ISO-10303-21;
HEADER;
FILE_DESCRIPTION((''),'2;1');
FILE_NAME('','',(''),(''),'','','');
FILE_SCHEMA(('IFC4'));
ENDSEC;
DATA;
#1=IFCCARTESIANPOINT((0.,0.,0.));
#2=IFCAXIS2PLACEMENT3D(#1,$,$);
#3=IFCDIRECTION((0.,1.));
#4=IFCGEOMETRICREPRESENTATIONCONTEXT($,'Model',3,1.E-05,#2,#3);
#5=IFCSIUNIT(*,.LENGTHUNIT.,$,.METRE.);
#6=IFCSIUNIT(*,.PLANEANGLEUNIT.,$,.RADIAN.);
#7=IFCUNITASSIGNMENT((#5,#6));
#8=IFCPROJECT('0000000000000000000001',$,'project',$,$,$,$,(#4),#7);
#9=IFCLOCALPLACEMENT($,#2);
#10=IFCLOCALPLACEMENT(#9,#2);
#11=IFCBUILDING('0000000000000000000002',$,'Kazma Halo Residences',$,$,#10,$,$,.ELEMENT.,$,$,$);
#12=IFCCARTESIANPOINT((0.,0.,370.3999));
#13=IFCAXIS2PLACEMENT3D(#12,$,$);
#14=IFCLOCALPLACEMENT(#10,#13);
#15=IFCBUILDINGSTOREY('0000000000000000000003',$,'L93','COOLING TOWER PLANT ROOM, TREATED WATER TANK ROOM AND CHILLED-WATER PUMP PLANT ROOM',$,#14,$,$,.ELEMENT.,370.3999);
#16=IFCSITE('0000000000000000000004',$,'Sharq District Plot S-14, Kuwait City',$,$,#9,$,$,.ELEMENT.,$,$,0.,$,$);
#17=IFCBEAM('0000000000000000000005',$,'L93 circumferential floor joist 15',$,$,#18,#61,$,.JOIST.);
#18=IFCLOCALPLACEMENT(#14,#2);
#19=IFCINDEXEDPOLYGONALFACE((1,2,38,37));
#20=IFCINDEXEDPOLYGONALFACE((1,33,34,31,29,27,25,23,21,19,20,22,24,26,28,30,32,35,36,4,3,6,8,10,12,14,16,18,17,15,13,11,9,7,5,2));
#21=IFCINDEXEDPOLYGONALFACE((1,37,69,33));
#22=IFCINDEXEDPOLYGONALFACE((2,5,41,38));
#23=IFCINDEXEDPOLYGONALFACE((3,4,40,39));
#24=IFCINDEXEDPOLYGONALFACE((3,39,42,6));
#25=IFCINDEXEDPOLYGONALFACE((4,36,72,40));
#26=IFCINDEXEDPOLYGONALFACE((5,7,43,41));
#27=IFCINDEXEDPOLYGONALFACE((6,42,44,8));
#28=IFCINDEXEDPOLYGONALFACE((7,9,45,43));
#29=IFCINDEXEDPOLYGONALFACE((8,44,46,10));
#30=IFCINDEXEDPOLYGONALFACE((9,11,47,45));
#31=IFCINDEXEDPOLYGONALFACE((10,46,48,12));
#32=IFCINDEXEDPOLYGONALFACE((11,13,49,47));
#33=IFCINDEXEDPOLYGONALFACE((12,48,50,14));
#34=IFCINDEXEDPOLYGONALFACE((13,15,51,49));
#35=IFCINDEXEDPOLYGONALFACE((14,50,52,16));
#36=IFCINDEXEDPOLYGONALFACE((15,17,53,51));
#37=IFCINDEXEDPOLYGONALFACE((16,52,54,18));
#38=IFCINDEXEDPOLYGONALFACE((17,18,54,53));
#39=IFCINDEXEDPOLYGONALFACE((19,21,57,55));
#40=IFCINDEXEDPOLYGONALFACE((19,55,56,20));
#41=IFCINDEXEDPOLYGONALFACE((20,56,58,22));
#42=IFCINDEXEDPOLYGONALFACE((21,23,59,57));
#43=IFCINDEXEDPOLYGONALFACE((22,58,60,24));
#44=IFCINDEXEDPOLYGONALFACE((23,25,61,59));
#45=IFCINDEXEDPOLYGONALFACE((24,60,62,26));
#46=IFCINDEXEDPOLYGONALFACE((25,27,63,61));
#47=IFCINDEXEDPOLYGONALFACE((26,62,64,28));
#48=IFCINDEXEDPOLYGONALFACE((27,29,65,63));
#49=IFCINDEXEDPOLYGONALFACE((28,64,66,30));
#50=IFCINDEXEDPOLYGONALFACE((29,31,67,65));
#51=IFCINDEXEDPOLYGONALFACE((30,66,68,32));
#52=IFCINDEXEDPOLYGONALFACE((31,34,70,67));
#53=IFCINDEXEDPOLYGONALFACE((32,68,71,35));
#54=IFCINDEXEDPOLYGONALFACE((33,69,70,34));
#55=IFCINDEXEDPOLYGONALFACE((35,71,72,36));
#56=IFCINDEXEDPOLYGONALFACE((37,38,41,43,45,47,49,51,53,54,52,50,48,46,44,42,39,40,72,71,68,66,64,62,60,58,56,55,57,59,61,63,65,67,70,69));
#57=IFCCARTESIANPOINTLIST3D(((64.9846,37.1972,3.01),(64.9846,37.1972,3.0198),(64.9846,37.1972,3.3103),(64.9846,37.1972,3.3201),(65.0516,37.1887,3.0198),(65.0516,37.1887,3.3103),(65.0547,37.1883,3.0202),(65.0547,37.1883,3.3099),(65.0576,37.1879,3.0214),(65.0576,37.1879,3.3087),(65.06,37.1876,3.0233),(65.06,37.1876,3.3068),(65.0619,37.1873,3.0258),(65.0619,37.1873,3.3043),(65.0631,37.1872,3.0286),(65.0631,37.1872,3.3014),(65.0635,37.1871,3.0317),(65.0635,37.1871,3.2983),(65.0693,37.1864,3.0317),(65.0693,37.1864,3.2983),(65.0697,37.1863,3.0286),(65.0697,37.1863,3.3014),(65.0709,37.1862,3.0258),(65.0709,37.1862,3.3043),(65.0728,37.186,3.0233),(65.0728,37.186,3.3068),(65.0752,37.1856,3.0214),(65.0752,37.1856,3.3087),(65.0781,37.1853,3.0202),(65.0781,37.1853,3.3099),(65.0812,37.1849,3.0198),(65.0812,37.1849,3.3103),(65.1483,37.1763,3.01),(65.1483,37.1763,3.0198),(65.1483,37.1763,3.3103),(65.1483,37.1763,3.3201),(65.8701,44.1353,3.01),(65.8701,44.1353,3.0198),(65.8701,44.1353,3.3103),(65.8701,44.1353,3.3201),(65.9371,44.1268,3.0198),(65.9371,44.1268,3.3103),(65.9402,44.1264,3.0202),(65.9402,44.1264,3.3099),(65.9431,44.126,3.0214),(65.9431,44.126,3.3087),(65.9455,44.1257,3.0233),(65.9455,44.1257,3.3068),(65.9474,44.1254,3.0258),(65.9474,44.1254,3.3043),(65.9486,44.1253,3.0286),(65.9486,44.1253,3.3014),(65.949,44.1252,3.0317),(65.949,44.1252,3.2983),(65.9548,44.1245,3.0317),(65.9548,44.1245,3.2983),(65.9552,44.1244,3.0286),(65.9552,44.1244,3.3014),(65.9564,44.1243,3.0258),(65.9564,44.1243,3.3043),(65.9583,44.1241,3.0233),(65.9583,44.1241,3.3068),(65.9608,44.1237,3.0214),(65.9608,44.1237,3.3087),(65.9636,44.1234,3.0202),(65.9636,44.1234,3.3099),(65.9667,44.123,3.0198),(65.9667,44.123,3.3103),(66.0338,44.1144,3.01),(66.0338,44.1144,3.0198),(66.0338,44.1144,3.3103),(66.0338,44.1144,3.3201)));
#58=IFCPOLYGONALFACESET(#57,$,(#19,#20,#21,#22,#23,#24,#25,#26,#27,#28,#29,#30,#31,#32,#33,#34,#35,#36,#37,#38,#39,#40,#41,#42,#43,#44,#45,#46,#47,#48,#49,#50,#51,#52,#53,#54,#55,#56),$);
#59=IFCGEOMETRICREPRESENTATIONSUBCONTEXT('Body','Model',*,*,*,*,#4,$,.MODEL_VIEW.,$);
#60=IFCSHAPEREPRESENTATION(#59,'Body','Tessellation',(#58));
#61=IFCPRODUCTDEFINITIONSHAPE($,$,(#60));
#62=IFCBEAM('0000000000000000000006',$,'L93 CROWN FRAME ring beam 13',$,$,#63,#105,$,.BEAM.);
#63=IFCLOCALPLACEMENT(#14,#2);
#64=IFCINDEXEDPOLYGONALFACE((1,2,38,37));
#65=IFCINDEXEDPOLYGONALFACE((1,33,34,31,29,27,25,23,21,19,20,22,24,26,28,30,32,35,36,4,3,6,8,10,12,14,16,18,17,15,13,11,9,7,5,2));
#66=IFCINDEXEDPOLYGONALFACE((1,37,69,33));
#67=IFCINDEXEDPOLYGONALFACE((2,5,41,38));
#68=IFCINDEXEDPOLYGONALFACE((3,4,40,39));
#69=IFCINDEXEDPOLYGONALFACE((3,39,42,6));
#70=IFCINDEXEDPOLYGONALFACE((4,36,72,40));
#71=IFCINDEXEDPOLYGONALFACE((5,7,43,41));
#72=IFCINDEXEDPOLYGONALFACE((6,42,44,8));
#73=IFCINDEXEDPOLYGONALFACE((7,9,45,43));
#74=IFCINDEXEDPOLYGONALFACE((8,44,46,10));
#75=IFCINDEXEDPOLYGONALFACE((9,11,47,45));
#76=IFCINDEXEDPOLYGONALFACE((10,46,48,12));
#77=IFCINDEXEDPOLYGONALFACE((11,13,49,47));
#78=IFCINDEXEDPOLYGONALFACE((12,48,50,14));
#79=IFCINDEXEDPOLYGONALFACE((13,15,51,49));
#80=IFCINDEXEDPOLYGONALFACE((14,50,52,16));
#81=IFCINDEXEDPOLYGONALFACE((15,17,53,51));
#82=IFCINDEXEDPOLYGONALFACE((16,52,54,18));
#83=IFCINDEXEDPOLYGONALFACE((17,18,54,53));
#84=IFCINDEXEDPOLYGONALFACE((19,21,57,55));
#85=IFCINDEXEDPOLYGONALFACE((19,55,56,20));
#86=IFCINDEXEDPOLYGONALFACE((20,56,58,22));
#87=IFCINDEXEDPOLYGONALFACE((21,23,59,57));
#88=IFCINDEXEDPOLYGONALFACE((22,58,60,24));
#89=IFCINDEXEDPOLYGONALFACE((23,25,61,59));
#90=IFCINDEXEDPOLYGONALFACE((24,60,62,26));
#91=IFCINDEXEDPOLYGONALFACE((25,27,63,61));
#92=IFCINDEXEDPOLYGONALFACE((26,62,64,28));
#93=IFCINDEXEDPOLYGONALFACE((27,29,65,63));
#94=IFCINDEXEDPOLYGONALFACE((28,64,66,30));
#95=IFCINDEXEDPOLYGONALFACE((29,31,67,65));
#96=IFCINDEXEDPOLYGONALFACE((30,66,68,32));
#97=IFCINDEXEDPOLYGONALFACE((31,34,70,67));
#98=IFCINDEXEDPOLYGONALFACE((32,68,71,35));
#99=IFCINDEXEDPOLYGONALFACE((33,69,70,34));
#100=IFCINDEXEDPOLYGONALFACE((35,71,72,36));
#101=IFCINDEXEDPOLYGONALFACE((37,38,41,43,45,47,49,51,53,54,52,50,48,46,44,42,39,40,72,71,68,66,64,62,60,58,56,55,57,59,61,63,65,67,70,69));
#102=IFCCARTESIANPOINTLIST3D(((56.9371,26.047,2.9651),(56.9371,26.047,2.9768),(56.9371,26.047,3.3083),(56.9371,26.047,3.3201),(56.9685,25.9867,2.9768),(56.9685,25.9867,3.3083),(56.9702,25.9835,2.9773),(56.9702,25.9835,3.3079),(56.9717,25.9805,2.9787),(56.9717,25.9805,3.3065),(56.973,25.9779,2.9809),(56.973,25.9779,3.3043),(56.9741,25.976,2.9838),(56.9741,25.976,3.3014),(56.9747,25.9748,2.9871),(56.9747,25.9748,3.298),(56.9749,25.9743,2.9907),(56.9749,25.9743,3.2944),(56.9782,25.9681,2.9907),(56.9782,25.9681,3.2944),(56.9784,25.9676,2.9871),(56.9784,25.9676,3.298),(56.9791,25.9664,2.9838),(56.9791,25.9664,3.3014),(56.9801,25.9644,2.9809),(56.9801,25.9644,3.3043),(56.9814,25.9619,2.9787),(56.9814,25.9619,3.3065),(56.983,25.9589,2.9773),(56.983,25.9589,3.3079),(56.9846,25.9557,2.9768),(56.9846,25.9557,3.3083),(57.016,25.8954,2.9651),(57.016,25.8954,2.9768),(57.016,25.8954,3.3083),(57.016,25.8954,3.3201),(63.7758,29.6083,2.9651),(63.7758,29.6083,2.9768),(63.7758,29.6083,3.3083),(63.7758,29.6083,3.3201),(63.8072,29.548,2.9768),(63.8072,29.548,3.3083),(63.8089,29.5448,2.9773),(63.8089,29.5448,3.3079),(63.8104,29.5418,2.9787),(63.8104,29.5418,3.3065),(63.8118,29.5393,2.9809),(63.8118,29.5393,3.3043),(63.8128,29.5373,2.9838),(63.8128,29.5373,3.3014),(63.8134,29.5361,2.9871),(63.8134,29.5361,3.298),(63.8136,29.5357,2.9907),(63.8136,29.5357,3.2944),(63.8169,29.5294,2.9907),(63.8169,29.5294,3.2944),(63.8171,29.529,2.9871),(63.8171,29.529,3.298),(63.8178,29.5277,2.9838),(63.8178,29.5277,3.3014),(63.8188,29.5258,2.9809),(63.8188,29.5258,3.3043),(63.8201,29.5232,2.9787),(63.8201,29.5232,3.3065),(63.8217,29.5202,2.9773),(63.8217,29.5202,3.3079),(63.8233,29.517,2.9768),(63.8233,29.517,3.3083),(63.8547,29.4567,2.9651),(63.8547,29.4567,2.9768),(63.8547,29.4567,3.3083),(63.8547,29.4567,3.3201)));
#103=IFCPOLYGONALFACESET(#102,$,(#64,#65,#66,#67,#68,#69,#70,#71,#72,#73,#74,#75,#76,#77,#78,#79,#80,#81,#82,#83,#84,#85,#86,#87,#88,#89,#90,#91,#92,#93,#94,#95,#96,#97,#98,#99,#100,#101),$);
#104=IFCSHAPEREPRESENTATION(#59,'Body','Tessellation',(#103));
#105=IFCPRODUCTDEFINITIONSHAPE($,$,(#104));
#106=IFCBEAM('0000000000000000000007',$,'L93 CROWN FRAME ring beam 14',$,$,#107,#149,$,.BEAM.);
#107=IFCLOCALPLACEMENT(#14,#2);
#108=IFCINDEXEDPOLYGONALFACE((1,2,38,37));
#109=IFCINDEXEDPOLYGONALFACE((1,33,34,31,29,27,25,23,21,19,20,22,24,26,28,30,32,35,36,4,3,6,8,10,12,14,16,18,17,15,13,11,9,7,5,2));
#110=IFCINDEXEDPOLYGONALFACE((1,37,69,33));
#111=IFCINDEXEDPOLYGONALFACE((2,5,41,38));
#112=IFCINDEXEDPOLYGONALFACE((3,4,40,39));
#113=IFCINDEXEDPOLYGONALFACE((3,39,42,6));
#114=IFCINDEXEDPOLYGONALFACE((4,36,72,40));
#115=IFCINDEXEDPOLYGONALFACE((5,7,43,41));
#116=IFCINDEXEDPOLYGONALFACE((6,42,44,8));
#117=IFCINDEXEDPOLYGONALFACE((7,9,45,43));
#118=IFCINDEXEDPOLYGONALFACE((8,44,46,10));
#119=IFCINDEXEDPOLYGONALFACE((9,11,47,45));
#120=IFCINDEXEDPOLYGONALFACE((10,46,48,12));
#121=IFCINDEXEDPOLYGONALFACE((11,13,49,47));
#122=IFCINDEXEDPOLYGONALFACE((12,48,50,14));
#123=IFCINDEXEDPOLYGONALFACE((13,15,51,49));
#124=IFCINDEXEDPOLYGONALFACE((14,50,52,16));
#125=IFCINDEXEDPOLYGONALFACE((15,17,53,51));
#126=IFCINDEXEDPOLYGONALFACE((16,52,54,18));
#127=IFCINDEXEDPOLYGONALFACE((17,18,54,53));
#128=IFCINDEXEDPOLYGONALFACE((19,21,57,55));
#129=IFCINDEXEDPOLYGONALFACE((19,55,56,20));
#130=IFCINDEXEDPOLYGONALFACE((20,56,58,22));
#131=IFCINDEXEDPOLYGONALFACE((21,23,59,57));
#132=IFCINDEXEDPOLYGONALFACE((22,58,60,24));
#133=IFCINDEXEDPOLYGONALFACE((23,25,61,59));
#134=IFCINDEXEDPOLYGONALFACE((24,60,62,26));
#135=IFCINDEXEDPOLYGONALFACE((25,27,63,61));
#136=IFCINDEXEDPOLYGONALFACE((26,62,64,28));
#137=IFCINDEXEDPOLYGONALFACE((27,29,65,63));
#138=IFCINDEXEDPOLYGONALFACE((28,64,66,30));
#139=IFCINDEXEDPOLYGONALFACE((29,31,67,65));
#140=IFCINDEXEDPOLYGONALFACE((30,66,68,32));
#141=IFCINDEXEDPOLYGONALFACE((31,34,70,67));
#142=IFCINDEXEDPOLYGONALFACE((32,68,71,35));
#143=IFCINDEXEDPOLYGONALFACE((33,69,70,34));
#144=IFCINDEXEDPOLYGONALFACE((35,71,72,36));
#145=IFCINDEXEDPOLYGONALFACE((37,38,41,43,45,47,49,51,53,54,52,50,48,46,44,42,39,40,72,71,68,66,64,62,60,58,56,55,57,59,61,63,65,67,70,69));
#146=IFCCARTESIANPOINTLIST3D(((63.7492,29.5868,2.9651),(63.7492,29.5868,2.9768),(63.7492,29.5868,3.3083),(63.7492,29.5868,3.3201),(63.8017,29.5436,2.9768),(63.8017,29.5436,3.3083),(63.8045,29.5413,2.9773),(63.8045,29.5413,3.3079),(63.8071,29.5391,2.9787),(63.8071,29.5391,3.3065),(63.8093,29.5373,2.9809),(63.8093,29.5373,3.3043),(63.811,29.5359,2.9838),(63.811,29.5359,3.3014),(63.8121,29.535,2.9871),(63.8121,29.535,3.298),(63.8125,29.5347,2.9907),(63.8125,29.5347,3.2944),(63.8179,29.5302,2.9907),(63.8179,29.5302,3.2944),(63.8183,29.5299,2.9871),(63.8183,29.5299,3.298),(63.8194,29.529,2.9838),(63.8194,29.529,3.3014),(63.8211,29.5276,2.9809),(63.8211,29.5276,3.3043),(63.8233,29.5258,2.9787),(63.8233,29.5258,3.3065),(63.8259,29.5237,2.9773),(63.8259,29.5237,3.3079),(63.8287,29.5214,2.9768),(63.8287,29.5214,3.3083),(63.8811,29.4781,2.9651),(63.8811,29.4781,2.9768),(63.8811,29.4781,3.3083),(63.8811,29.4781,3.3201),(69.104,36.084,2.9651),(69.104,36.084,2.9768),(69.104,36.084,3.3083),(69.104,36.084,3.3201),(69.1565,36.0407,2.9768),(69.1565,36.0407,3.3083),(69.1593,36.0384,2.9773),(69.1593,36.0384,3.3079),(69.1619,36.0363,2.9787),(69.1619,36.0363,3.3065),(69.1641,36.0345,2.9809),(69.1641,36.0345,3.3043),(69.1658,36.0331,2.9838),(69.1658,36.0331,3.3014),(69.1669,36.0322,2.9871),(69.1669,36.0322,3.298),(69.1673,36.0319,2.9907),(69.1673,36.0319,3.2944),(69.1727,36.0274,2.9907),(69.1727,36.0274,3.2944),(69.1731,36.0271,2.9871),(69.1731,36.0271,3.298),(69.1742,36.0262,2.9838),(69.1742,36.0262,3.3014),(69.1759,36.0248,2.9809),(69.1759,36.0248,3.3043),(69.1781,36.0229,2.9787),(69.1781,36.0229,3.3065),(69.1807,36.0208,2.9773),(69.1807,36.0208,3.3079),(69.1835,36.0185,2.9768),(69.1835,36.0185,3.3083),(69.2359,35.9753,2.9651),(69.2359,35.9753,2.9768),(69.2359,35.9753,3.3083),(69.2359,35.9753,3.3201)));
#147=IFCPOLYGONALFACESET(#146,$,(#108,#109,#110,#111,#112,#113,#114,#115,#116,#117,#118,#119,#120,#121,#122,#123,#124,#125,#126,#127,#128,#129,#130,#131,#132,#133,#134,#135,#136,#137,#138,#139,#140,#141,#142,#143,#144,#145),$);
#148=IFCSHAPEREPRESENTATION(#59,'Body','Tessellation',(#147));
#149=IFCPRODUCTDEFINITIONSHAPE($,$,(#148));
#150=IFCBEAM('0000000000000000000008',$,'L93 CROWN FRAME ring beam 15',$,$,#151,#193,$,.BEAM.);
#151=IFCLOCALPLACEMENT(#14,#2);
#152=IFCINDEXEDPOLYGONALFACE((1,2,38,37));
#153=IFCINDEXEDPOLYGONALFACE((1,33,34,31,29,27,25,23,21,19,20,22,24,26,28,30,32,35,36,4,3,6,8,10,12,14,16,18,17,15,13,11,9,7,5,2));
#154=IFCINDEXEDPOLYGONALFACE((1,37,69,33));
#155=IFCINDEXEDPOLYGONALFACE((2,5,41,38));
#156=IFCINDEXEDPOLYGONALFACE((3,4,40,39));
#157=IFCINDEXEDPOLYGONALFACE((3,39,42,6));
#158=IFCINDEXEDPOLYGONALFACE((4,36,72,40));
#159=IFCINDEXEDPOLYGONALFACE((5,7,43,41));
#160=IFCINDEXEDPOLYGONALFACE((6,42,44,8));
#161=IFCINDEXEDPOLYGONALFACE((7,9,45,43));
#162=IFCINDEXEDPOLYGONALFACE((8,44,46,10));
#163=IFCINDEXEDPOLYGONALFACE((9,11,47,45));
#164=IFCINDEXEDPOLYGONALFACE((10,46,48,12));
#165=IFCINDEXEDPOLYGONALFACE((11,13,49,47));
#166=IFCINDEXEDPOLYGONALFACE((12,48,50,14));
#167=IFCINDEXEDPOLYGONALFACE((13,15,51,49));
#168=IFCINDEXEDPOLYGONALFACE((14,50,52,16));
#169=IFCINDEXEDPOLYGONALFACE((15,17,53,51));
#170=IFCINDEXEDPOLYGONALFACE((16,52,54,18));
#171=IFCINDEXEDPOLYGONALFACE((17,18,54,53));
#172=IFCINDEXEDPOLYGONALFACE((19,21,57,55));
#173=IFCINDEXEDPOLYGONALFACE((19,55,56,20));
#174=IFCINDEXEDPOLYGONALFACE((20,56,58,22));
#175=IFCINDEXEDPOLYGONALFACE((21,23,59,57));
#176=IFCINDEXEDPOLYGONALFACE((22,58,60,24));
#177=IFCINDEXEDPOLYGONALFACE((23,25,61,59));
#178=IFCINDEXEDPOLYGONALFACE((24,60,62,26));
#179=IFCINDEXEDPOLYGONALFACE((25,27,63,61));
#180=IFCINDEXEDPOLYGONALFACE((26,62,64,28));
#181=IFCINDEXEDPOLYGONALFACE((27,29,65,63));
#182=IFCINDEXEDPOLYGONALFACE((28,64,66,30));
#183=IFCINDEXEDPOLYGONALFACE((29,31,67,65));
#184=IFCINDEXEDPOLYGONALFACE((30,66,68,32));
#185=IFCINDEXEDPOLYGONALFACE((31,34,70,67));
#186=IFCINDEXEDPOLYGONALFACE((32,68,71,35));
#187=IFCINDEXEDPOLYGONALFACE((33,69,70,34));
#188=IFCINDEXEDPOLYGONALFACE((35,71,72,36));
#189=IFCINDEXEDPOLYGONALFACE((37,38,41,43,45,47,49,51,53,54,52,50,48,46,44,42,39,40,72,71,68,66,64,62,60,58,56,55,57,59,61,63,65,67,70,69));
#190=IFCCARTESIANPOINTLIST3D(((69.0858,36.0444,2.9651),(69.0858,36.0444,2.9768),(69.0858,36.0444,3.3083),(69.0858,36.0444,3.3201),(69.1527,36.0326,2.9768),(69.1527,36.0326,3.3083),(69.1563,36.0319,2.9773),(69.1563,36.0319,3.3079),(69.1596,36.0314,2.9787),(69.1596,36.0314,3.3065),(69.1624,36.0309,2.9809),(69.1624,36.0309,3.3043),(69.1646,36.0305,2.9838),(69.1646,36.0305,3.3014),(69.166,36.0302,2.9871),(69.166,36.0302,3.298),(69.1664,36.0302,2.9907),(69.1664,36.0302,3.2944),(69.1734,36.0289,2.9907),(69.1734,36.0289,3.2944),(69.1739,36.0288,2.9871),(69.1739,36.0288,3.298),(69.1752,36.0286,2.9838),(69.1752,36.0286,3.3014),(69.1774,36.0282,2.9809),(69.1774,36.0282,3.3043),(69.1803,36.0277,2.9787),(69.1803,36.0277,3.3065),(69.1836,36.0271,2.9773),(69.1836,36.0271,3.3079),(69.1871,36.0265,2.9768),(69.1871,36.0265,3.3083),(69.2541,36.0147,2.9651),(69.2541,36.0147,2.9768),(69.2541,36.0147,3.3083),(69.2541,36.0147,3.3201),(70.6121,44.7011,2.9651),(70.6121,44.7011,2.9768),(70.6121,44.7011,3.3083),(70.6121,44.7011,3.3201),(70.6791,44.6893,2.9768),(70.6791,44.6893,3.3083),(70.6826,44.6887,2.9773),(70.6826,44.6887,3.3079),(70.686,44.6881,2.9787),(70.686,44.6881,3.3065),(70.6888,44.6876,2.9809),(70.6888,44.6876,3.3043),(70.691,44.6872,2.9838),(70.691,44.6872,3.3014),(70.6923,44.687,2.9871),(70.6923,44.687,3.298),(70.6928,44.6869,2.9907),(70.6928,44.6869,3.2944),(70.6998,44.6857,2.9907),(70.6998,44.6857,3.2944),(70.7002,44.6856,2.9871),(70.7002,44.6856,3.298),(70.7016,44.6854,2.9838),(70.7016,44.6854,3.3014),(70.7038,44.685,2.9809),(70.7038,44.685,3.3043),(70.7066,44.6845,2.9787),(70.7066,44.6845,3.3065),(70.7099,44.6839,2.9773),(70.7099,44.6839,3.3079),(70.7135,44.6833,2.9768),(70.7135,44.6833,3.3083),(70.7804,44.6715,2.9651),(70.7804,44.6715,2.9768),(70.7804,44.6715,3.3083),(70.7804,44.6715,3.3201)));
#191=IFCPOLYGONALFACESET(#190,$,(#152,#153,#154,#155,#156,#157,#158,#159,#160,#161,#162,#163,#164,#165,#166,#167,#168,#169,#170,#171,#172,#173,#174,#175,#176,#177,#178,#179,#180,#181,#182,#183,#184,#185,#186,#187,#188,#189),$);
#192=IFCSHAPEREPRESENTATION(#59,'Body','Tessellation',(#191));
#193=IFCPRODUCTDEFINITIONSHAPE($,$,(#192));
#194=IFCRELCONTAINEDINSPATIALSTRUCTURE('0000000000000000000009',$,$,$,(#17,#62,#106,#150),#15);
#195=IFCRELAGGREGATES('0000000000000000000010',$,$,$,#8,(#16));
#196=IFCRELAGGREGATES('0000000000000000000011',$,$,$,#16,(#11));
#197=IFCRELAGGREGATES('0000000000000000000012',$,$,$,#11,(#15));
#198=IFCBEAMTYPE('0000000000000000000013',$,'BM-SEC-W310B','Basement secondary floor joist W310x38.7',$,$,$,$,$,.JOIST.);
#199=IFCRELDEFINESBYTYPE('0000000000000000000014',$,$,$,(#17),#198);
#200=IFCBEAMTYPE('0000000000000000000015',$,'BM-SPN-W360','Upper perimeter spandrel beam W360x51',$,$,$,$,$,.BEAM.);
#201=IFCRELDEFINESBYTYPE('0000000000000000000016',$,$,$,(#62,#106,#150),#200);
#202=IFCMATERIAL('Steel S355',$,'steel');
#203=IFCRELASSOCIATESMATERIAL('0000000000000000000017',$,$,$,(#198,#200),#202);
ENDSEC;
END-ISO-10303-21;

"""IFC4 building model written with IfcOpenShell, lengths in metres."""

from ifc_helpers import new_model, si_unit, direction, frame, origin, origin_2d, place, context, subcontext, project, spatial, i_section, extrude, material, material_profile, profile_set, type_object, element, save


model = new_model("IFC4")

# Units and contexts
model_context = context("Model", 3, precision=1e-05, world=origin(), true_north=direction((0.0, 1.0)))
body_context = subcontext(model_context, "Body", "Model", "MODEL_VIEW")
ifc_project = project(units=[si_unit("LENGTHUNIT", "METRE"), si_unit("PLANEANGLEUNIT", "RADIAN")], contexts=[model_context])

# Site, building, storey
site_placement = place(None, origin())
site = spatial("IfcSite", under=ifc_project, at=site_placement, Name="Sharq District Plot S-14, Kuwait City", CompositionType="ELEMENT", RefElevation=0.0)
building_placement = place(site_placement, origin())
building = spatial("IfcBuilding", under=site, at=building_placement, Name="Kazma Halo Residences", CompositionType="ELEMENT")
storey_placement = place(building_placement, frame((0.0, 0.0, 370.3999)))
storey = spatial("IfcBuildingStorey", under=building, at=storey_placement, Name="L93", Description="COOLING TOWER PLANT ROOM, TREATED WATER TANK ROOM AND CHILLED-WATER PUMP PLANT ROOM", CompositionType="ELEMENT", Elevation=370.3999)

# Shared definitions
ifc_material_1 = material(Name="Steel S355", Category="steel")

# Beams
ifc_material_profile_1 = material_profile(ifc_material_1, i_section(OverallWidth=0.165, OverallDepth=0.3101, WebThickness=0.0059, FlangeThickness=0.0098, FilletRadius=0.012, at=origin_2d()), Name="W310x38.7")
ifc_profile_set_1 = profile_set([ifc_material_profile_1], Name="Steel S355")
beam_type_1 = type_object("IfcBeamType", Name="BM-SEC-W310B", Description="Basement secondary floor joist W310x38.7", PredefinedType="JOIST", material=ifc_profile_set_1)
beam_1_placement = place(storey_placement, frame((65.0664, 37.1868, 3.165), z_axis=(0.126603, 0.991953, 0.0), x_axis=(-0.991953, 0.126603, 0.0)))
element("IfcBeam", 1, at=beam_1_placement, inside=storey, type_object=beam_type_1, Name="L93 circumferential floor joist 15", PredefinedType="JOIST", context=body_context, shape_type="SweptSolid", body=[
    extrude(i_section(OverallWidth=0.165, OverallDepth=0.3101, WebThickness=0.0059, FlangeThickness=0.0098, FilletRadius=0.012, at=origin_2d()), origin(), (0.0, 0.0, 1.0), 6.9944),
])
ifc_material_profile_2 = material_profile(ifc_material_1, i_section(OverallWidth=0.1709, OverallDepth=0.355, WebThickness=0.0071, FlangeThickness=0.0117, FilletRadius=0.0139, at=origin_2d()), Name="W360x51")
ifc_profile_set_2 = profile_set([ifc_material_profile_2], Name="Steel S355")
beam_type_2 = type_object("IfcBeamType", Name="BM-SPN-W360", Description="Upper perimeter spandrel beam W360x51", PredefinedType="BEAM", material=ifc_profile_set_2)
beam_2_placement = place(storey_placement, frame((56.9766, 25.9712, 3.1426), z_axis=(0.886941, 0.461883, 0.0), x_axis=(-0.461883, 0.886941, 0.0)))
element("IfcBeam", 2, at=beam_2_placement, inside=storey, type_object=beam_type_2, Name="L93 CROWN FRAME ring beam 13", PredefinedType="BEAM", context=body_context, shape_type="SweptSolid", body=[
    extrude(i_section(OverallWidth=0.1709, OverallDepth=0.355, WebThickness=0.0071, FlangeThickness=0.0117, FilletRadius=0.0139, at=origin_2d()), origin(), (0.0, 0.0, 1.0), 7.7104),
])
beam_3_placement = place(storey_placement, frame((63.8152, 29.5325, 3.1426), z_axis=(0.636005, 0.771685, 0.0), x_axis=(-0.771685, 0.636005, 0.0)))
element("IfcBeam", 3, at=beam_3_placement, inside=storey, type_object=beam_type_2, Name="L93 CROWN FRAME ring beam 14", PredefinedType="BEAM", context=body_context, shape_type="SweptSolid", body=[
    extrude(i_section(OverallWidth=0.1709, OverallDepth=0.355, WebThickness=0.0071, FlangeThickness=0.0117, FilletRadius=0.0139, at=origin_2d()), origin(), (0.0, 0.0, 1.0), 8.4194),
])
beam_4_placement = place(storey_placement, frame((69.1699, 36.0295, 3.1426), z_axis=(0.173643, 0.984809, 0.0), x_axis=(-0.984809, 0.173643, 0.0)))
element("IfcBeam", 4, at=beam_4_placement, inside=storey, type_object=beam_type_2, Name="L93 CROWN FRAME ring beam 15", PredefinedType="BEAM", context=body_context, shape_type="SweptSolid", body=[
    extrude(i_section(OverallWidth=0.1709, OverallDepth=0.355, WebThickness=0.0071, FlangeThickness=0.0117, FilletRadius=0.0139, at=origin_2d()), origin(), (0.0, 0.0, 1.0), 8.7903),
])

save(model, "model.ifc")
